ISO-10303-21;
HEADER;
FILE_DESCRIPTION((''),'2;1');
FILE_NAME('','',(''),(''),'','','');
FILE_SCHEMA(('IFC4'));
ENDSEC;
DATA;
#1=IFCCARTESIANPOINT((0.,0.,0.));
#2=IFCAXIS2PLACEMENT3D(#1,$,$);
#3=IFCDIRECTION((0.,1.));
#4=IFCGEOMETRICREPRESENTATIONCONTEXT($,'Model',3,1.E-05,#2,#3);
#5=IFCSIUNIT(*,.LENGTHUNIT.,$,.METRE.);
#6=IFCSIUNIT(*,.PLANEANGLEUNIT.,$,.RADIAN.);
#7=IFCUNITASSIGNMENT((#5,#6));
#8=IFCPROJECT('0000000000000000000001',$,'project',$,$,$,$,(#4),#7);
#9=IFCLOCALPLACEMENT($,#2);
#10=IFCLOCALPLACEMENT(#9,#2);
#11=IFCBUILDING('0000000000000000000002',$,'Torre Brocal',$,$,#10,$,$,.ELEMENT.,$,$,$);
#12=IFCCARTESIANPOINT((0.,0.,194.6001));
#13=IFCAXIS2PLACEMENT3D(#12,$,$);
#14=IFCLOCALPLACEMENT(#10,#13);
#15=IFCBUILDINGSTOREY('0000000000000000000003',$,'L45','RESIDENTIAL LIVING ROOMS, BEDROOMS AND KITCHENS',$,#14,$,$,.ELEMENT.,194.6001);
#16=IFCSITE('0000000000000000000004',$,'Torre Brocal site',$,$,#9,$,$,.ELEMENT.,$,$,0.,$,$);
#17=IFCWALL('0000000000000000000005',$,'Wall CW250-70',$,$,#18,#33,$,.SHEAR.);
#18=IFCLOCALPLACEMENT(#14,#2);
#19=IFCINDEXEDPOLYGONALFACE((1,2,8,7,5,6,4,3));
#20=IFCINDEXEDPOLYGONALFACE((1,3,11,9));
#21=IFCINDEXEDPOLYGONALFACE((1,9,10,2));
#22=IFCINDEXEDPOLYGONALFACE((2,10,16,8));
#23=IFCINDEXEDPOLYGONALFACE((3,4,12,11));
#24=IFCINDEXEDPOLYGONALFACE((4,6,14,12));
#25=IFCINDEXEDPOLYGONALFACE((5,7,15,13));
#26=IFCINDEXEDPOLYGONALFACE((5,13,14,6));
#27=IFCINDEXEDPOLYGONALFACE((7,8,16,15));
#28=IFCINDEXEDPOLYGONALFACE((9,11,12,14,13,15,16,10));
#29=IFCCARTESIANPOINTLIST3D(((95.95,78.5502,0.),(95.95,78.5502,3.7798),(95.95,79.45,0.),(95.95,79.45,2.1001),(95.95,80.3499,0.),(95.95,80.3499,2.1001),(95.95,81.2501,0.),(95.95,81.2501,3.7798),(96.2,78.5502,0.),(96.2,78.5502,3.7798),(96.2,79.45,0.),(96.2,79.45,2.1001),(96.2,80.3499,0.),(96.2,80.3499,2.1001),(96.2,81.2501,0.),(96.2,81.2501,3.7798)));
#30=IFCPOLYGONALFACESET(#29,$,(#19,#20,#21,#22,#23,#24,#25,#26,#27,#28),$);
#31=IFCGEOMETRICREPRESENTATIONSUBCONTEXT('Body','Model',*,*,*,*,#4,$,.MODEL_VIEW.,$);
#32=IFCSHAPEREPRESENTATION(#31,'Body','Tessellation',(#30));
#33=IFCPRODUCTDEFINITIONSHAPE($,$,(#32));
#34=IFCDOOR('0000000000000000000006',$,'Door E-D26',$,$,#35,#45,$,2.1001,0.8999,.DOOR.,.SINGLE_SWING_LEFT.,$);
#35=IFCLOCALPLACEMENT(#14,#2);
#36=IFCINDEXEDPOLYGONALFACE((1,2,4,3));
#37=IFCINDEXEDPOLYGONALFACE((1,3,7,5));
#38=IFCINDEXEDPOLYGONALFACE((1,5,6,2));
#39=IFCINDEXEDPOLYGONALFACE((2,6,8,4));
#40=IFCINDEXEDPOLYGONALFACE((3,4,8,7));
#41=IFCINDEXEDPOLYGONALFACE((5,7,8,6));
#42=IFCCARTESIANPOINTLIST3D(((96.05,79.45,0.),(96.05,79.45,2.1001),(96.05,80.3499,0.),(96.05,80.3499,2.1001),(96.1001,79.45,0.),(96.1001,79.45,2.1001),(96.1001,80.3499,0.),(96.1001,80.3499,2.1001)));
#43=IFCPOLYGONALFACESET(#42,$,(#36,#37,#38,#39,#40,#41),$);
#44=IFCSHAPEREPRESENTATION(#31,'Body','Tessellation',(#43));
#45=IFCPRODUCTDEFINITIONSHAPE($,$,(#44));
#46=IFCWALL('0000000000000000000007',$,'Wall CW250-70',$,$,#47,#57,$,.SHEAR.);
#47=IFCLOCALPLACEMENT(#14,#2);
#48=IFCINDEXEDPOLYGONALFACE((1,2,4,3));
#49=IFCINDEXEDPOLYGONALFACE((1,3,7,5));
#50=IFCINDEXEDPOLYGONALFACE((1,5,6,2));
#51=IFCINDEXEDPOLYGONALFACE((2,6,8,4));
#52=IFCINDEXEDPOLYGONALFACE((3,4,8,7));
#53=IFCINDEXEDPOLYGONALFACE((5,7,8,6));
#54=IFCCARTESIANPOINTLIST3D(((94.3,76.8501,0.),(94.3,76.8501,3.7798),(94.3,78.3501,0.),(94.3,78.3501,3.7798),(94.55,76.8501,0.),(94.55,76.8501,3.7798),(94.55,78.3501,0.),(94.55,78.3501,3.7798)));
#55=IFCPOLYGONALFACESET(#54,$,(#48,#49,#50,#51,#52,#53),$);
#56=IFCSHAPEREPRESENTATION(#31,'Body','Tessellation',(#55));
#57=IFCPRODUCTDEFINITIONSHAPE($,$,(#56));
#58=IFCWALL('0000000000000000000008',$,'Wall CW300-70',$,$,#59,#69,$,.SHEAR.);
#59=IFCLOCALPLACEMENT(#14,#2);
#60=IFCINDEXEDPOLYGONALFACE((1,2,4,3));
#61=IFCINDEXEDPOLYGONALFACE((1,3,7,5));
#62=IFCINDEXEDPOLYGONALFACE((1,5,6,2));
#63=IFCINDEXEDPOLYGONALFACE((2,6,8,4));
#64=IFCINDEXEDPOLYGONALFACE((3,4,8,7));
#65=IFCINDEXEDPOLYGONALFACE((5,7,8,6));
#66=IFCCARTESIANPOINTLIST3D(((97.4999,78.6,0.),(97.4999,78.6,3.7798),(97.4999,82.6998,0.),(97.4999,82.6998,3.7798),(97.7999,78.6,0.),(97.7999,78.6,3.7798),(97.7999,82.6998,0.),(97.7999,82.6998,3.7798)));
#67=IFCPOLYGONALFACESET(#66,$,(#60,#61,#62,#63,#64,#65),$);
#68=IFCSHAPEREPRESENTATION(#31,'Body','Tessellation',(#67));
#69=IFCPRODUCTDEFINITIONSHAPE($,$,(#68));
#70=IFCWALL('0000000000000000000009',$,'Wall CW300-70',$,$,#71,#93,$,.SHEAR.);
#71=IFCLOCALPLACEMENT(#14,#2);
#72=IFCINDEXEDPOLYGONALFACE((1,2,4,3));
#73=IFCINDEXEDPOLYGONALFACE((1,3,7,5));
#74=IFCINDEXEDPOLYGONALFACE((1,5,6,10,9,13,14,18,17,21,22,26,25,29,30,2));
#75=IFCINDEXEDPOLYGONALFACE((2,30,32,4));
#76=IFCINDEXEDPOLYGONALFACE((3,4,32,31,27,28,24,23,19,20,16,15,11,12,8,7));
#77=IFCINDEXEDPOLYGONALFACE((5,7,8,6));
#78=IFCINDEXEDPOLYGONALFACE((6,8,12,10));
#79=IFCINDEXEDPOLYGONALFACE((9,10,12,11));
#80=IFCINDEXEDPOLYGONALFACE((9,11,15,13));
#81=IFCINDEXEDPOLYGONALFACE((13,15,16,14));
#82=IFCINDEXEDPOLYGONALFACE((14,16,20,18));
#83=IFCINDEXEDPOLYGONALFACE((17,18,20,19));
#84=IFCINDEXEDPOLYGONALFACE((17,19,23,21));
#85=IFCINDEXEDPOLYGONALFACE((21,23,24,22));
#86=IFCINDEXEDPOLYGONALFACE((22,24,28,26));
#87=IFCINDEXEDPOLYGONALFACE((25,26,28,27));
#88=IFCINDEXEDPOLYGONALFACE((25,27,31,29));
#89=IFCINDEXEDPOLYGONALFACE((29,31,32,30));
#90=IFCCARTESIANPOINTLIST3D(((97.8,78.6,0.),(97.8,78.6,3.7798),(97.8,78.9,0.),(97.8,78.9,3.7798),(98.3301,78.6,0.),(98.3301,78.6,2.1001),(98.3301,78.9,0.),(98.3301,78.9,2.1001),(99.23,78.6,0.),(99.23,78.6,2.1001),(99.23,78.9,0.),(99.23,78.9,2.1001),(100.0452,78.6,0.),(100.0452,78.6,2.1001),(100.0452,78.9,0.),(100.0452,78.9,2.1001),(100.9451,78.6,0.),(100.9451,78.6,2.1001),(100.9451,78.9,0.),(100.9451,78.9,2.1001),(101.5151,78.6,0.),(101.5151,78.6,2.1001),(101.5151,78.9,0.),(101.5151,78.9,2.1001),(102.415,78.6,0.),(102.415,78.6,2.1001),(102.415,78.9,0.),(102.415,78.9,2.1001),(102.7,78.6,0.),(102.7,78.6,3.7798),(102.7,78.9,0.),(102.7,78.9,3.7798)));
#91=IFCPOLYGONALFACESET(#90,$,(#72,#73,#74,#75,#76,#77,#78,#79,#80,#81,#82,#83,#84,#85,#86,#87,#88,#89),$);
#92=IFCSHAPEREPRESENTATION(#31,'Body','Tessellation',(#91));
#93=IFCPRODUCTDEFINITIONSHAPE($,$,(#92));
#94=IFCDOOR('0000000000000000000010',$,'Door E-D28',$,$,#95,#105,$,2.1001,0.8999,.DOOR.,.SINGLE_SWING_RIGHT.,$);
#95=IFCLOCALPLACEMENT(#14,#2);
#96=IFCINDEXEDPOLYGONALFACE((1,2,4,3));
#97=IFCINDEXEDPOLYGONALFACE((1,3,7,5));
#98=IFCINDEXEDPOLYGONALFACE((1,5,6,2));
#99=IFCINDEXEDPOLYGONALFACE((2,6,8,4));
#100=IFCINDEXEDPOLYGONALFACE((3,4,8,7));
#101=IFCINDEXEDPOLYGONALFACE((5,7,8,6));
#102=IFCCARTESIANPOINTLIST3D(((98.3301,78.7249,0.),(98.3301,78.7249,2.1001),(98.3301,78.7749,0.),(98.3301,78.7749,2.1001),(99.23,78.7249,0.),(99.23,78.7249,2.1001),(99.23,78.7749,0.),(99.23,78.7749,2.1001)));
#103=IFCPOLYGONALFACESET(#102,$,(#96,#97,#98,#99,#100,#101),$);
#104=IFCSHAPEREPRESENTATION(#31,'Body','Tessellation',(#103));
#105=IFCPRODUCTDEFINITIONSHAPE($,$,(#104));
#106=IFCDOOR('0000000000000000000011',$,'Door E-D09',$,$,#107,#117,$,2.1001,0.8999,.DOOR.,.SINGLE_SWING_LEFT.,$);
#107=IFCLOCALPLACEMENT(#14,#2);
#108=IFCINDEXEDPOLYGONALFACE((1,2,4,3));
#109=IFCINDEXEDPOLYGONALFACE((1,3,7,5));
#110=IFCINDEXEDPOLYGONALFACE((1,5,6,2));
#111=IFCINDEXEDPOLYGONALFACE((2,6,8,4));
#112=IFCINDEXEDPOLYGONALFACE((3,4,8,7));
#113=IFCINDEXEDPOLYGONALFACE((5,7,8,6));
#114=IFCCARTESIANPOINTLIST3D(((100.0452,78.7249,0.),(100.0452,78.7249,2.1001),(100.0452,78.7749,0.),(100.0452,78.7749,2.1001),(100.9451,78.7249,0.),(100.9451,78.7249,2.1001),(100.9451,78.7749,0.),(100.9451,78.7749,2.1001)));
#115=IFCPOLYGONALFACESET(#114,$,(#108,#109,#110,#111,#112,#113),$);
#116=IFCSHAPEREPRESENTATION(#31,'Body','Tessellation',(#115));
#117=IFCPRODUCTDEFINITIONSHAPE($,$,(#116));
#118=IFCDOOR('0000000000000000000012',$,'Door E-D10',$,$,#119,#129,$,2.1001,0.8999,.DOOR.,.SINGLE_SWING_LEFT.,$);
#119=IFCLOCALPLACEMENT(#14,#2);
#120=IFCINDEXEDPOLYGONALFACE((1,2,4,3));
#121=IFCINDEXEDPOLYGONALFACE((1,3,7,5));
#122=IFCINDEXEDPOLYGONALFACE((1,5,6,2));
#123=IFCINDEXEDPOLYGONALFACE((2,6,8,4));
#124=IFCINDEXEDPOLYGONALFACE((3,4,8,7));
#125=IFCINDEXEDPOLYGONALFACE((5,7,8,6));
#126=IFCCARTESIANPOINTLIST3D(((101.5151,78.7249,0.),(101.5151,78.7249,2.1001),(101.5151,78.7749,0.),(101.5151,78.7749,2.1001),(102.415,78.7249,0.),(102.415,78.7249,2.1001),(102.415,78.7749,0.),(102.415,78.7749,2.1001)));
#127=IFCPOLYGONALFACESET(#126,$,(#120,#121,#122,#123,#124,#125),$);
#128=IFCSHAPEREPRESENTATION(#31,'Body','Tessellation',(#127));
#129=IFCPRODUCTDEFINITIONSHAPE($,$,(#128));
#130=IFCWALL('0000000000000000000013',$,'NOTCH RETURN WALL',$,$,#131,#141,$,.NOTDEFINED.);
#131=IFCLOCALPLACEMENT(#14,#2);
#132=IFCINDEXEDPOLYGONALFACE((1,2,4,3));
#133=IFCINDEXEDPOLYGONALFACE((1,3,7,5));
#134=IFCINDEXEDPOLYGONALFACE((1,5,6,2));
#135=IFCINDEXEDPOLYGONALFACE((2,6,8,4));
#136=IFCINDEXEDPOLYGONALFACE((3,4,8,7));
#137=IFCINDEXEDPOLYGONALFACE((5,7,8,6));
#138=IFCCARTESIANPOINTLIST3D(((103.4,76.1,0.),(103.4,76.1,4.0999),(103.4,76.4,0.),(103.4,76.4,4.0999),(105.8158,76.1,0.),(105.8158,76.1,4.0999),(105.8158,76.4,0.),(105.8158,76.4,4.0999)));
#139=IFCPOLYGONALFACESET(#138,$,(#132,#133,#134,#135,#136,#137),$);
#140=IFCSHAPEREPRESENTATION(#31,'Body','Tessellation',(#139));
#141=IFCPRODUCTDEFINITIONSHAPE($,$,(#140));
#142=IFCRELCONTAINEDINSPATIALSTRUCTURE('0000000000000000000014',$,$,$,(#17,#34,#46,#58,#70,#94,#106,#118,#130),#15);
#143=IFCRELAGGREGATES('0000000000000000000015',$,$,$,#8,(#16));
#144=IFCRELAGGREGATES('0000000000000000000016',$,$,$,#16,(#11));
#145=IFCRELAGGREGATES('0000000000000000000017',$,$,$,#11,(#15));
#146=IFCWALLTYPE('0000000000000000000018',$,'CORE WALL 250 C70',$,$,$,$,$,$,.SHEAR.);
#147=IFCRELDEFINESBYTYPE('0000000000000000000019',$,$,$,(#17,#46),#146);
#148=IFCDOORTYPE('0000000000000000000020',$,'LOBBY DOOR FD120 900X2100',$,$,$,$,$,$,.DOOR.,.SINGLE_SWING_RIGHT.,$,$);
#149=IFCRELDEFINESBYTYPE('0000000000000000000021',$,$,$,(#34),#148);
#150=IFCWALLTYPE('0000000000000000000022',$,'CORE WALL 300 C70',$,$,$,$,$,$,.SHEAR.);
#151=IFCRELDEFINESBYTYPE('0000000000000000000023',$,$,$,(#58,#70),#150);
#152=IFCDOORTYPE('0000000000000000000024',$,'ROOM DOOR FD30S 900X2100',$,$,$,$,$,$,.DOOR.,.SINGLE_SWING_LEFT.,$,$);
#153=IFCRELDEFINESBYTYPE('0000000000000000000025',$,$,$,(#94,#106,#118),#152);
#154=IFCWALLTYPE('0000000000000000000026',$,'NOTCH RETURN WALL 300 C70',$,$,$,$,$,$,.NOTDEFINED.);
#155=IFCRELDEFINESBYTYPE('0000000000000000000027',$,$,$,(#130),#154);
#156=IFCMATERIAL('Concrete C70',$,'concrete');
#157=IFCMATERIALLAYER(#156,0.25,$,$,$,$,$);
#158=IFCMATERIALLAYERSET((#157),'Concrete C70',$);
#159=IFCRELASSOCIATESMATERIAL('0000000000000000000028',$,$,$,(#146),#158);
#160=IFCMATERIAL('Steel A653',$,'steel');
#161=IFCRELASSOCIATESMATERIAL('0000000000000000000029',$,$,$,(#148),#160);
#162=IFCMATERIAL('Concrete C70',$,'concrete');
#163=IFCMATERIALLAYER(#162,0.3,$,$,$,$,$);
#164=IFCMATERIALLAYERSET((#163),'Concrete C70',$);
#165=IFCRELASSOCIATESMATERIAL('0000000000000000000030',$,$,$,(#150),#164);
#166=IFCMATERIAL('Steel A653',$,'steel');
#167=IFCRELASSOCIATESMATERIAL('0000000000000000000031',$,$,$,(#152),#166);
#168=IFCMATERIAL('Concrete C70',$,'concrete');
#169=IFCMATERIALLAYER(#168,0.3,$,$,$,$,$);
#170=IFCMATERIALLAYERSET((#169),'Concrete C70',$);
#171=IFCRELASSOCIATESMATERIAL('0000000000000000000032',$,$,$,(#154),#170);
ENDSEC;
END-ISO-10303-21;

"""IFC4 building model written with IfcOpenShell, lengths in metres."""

from ifc_helpers import new_model, si_unit, direction, frame, frame_2d, origin, place, context, subcontext, project, spatial, rectangle, extrude, material, layer, layer_set, type_object, element, fill, save


model = new_model("IFC4")

# Units and contexts
model_context = context("Model", 3, precision=1e-05, world=origin(), true_north=direction((0.0, 1.0)))
body_context = subcontext(model_context, "Body", "Model", "MODEL_VIEW")
ifc_project = project(units=[si_unit("LENGTHUNIT", "METRE"), si_unit("PLANEANGLEUNIT", "RADIAN")], contexts=[model_context])

# Site, building, storey
site_placement = place(None, origin())
site = spatial("IfcSite", under=ifc_project, at=site_placement, Name="Torre Brocal site", CompositionType="ELEMENT", RefElevation=0.0)
building_placement = place(site_placement, origin())
building = spatial("IfcBuilding", under=site, at=building_placement, Name="Torre Brocal", CompositionType="ELEMENT")
storey_placement = place(building_placement, frame((0.0, 0.0, 194.6001)))
storey = spatial("IfcBuildingStorey", under=building, at=storey_placement, Name="L45", Description="RESIDENTIAL LIVING ROOMS, BEDROOMS AND KITCHENS", CompositionType="ELEMENT", Elevation=194.6001)

# Wall, opening, door
ifc_material_1 = material(Name="Concrete C70", Category="concrete")
ifc_layer_1 = layer(ifc_material_1, 0.25)
ifc_layer_set_1 = layer_set([ifc_layer_1], Name="Concrete C70")
wall_type_1 = type_object("IfcWallType", Name="CORE WALL 250 C70", PredefinedType="SHEAR", material=ifc_layer_set_1)
wall_1_placement = place(storey_placement, frame((96.075, 78.55, 0.0), z_axis=(0.0, 0.0, 1.0), x_axis=(0.0, 1.0, 0.0)))
wall_1 = element("IfcWall", 1, at=wall_1_placement, inside=storey, type_object=wall_type_1, Name="Wall CW250-70", PredefinedType="SHEAR", context=body_context, shape_type="SweptSolid", body=[
    extrude(rectangle(XDim=2.7, YDim=0.25, at=frame_2d((1.3501, 0.0))), origin(), (0.0, 0.0, 1.0), 3.7798),
])
opening_1_placement = place(wall_1_placement, frame((0.8999, 0.0, 0.0)))
opening_1 = element("IfcOpeningElement", 2, at=opening_1_placement, cuts=wall_1, PredefinedType="OPENING", context=body_context, shape_type="SweptSolid", body=[
    extrude(rectangle(XDim=0.8999, YDim=2.1001, at=frame_2d((0.45, 1.05))), frame((0.0, 0.135, 0.0), z_axis=(0.0, -1.0, 0.0), x_axis=(1.0, 0.0, 0.0)), (0.0, 0.0, 1.0), 0.27),
])
ifc_material_2 = material(Name="Steel A653", Category="steel")
door_type_1 = type_object("IfcDoorType", Name="LOBBY DOOR FD120 900X2100", OperationType="SINGLE_SWING_RIGHT", PredefinedType="DOOR", material=ifc_material_2)
door_1_placement = place(opening_1_placement, origin())
door_1 = element("IfcDoor", 3, at=door_1_placement, inside=storey, type_object=door_type_1, Name="Door E-D26", OperationType="SINGLE_SWING_LEFT", OverallHeight=2.1001, OverallWidth=0.8999, PredefinedType="DOOR", context=body_context, shape_type="SweptSolid", body=[
    extrude(rectangle(XDim=0.8999, YDim=2.1001, at=frame_2d((0.45, 1.05))), frame((0.0, 0.0249, 0.0), z_axis=(0.0, -1.0, 0.0), x_axis=(1.0, 0.0, 0.0)), (0.0, 0.0, 1.0), 0.05),
])
fill(opening_1, door_1)

# Walls
wall_2_placement = place(storey_placement, frame((94.425, 76.8501, 0.0), z_axis=(0.0, 0.0, 1.0), x_axis=(0.0, 1.0, 0.0)))
element("IfcWall", 4, at=wall_2_placement, inside=storey, type_object=wall_type_1, Name="Wall CW250-70", PredefinedType="SHEAR", context=body_context, shape_type="SweptSolid", body=[
    extrude(rectangle(XDim=1.5, YDim=0.25, at=frame_2d((0.75, 0.0))), origin(), (0.0, 0.0, 1.0), 3.7798),
])
ifc_material_3 = material(Name="Concrete C70", Category="concrete")
ifc_layer_2 = layer(ifc_material_3, 0.3)
ifc_layer_set_2 = layer_set([ifc_layer_2], Name="Concrete C70")
wall_type_2 = type_object("IfcWallType", Name="CORE WALL 300 C70", PredefinedType="SHEAR", material=ifc_layer_set_2)
wall_3_placement = place(storey_placement, frame((97.6499, 78.6001, 0.0), z_axis=(0.0, 0.0, 1.0), x_axis=(0.0, 1.0, 0.0)))
element("IfcWall", 5, at=wall_3_placement, inside=storey, type_object=wall_type_2, Name="Wall CW300-70", PredefinedType="SHEAR", context=body_context, shape_type="SweptSolid", body=[
    extrude(rectangle(XDim=4.0999, YDim=0.3, at=frame_2d((2.0498, 0.0))), origin(), (0.0, 0.0, 1.0), 3.7798),
])

# Wall, openings, doors
wall_4_placement = place(storey_placement, frame((97.8, 78.75, 0.0), z_axis=(0.0, 0.0, 1.0), x_axis=(1.0, 0.0, 0.0)))
wall_4 = element("IfcWall", 6, at=wall_4_placement, inside=storey, type_object=wall_type_2, Name="Wall CW300-70", PredefinedType="SHEAR", context=body_context, shape_type="SweptSolid", body=[
    extrude(rectangle(XDim=4.8999, YDim=0.3, at=frame_2d((2.45, 0.0))), origin(), (0.0, 0.0, 1.0), 3.7798),
])
opening_2_placement = place(wall_4_placement, frame((0.53, 0.0, 0.0)))
opening_2 = element("IfcOpeningElement", 7, at=opening_2_placement, cuts=wall_4, PredefinedType="OPENING", context=body_context, shape_type="SweptSolid", body=[
    extrude(rectangle(XDim=0.8999, YDim=2.1001, at=frame_2d((0.45, 1.05))), frame((0.0, 0.1599, 0.0), z_axis=(0.0, -1.0, 0.0), x_axis=(1.0, 0.0, 0.0)), (0.0, 0.0, 1.0), 0.3201),
])
opening_3_placement = place(wall_4_placement, frame((2.2451, 0.0, 0.0)))
opening_3 = element("IfcOpeningElement", 8, at=opening_3_placement, cuts=wall_4, PredefinedType="OPENING", context=body_context, shape_type="SweptSolid", body=[
    extrude(rectangle(XDim=0.8999, YDim=2.1001, at=frame_2d((0.45, 1.05))), frame((0.0, 0.1599, 0.0), z_axis=(0.0, -1.0, 0.0), x_axis=(1.0, 0.0, 0.0)), (0.0, 0.0, 1.0), 0.3201),
])
opening_4_placement = place(wall_4_placement, frame((3.7151, 0.0, 0.0)))
opening_4 = element("IfcOpeningElement", 9, at=opening_4_placement, cuts=wall_4, PredefinedType="OPENING", context=body_context, shape_type="SweptSolid", body=[
    extrude(rectangle(XDim=0.8999, YDim=2.1001, at=frame_2d((0.45, 1.05))), frame((0.0, 0.1599, 0.0), z_axis=(0.0, -1.0, 0.0), x_axis=(1.0, 0.0, 0.0)), (0.0, 0.0, 1.0), 0.3201),
])
ifc_material_4 = material(Name="Steel A653", Category="steel")
door_type_2 = type_object("IfcDoorType", Name="ROOM DOOR FD30S 900X2100", OperationType="SINGLE_SWING_LEFT", PredefinedType="DOOR", material=ifc_material_4)
door_2_placement = place(opening_2_placement, origin())
door_2 = element("IfcDoor", 10, at=door_2_placement, inside=storey, type_object=door_type_2, Name="Door E-D28", OperationType="SINGLE_SWING_RIGHT", OverallHeight=2.1001, OverallWidth=0.8999, PredefinedType="DOOR", context=body_context, shape_type="SweptSolid", body=[
    extrude(rectangle(XDim=0.8999, YDim=2.1001, at=frame_2d((0.45, 1.05))), frame((0.0, 0.0249, 0.0), z_axis=(0.0, -1.0, 0.0), x_axis=(1.0, 0.0, 0.0)), (0.0, 0.0, 1.0), 0.05),
])
fill(opening_2, door_2)
door_3_placement = place(opening_3_placement, origin())
door_3 = element("IfcDoor", 11, at=door_3_placement, inside=storey, type_object=door_type_2, Name="Door E-D09", OperationType="SINGLE_SWING_LEFT", OverallHeight=2.1001, OverallWidth=0.8999, PredefinedType="DOOR", context=body_context, shape_type="SweptSolid", body=[
    extrude(rectangle(XDim=0.8999, YDim=2.1001, at=frame_2d((0.45, 1.05))), frame((0.0, 0.0249, 0.0), z_axis=(0.0, -1.0, 0.0), x_axis=(1.0, 0.0, 0.0)), (0.0, 0.0, 1.0), 0.05),
])
fill(opening_3, door_3)
door_4_placement = place(opening_4_placement, origin())
door_4 = element("IfcDoor", 12, at=door_4_placement, inside=storey, type_object=door_type_2, Name="Door E-D10", OperationType="SINGLE_SWING_LEFT", OverallHeight=2.1001, OverallWidth=0.8999, PredefinedType="DOOR", context=body_context, shape_type="SweptSolid", body=[
    extrude(rectangle(XDim=0.8999, YDim=2.1001, at=frame_2d((0.45, 1.05))), frame((0.0, 0.0249, 0.0), z_axis=(0.0, -1.0, 0.0), x_axis=(1.0, 0.0, 0.0)), (0.0, 0.0, 1.0), 0.05),
])
fill(opening_4, door_4)

# Wall
ifc_material_5 = material(Name="Concrete C70", Category="concrete")
ifc_layer_3 = layer(ifc_material_5, 0.3)
ifc_layer_set_3 = layer_set([ifc_layer_3], Name="Concrete C70")
wall_type_3 = type_object("IfcWallType", Name="NOTCH RETURN WALL 300 C70", PredefinedType="NOTDEFINED", material=ifc_layer_set_3)
wall_5_placement = place(storey_placement, frame((103.3999, 76.25, 0.0), z_axis=(0.0, 0.0, 1.0), x_axis=(1.0, 0.0, 0.0)))
element("IfcWall", 13, at=wall_5_placement, inside=storey, type_object=wall_type_3, Name="NOTCH RETURN WALL", PredefinedType="NOTDEFINED", context=body_context, shape_type="SweptSolid", body=[
    extrude(rectangle(XDim=2.4158, YDim=0.3, at=frame_2d((1.208, 0.0))), origin(), (0.0, 0.0, 1.0), 4.0999),
])

save(model, "model.ifc")
